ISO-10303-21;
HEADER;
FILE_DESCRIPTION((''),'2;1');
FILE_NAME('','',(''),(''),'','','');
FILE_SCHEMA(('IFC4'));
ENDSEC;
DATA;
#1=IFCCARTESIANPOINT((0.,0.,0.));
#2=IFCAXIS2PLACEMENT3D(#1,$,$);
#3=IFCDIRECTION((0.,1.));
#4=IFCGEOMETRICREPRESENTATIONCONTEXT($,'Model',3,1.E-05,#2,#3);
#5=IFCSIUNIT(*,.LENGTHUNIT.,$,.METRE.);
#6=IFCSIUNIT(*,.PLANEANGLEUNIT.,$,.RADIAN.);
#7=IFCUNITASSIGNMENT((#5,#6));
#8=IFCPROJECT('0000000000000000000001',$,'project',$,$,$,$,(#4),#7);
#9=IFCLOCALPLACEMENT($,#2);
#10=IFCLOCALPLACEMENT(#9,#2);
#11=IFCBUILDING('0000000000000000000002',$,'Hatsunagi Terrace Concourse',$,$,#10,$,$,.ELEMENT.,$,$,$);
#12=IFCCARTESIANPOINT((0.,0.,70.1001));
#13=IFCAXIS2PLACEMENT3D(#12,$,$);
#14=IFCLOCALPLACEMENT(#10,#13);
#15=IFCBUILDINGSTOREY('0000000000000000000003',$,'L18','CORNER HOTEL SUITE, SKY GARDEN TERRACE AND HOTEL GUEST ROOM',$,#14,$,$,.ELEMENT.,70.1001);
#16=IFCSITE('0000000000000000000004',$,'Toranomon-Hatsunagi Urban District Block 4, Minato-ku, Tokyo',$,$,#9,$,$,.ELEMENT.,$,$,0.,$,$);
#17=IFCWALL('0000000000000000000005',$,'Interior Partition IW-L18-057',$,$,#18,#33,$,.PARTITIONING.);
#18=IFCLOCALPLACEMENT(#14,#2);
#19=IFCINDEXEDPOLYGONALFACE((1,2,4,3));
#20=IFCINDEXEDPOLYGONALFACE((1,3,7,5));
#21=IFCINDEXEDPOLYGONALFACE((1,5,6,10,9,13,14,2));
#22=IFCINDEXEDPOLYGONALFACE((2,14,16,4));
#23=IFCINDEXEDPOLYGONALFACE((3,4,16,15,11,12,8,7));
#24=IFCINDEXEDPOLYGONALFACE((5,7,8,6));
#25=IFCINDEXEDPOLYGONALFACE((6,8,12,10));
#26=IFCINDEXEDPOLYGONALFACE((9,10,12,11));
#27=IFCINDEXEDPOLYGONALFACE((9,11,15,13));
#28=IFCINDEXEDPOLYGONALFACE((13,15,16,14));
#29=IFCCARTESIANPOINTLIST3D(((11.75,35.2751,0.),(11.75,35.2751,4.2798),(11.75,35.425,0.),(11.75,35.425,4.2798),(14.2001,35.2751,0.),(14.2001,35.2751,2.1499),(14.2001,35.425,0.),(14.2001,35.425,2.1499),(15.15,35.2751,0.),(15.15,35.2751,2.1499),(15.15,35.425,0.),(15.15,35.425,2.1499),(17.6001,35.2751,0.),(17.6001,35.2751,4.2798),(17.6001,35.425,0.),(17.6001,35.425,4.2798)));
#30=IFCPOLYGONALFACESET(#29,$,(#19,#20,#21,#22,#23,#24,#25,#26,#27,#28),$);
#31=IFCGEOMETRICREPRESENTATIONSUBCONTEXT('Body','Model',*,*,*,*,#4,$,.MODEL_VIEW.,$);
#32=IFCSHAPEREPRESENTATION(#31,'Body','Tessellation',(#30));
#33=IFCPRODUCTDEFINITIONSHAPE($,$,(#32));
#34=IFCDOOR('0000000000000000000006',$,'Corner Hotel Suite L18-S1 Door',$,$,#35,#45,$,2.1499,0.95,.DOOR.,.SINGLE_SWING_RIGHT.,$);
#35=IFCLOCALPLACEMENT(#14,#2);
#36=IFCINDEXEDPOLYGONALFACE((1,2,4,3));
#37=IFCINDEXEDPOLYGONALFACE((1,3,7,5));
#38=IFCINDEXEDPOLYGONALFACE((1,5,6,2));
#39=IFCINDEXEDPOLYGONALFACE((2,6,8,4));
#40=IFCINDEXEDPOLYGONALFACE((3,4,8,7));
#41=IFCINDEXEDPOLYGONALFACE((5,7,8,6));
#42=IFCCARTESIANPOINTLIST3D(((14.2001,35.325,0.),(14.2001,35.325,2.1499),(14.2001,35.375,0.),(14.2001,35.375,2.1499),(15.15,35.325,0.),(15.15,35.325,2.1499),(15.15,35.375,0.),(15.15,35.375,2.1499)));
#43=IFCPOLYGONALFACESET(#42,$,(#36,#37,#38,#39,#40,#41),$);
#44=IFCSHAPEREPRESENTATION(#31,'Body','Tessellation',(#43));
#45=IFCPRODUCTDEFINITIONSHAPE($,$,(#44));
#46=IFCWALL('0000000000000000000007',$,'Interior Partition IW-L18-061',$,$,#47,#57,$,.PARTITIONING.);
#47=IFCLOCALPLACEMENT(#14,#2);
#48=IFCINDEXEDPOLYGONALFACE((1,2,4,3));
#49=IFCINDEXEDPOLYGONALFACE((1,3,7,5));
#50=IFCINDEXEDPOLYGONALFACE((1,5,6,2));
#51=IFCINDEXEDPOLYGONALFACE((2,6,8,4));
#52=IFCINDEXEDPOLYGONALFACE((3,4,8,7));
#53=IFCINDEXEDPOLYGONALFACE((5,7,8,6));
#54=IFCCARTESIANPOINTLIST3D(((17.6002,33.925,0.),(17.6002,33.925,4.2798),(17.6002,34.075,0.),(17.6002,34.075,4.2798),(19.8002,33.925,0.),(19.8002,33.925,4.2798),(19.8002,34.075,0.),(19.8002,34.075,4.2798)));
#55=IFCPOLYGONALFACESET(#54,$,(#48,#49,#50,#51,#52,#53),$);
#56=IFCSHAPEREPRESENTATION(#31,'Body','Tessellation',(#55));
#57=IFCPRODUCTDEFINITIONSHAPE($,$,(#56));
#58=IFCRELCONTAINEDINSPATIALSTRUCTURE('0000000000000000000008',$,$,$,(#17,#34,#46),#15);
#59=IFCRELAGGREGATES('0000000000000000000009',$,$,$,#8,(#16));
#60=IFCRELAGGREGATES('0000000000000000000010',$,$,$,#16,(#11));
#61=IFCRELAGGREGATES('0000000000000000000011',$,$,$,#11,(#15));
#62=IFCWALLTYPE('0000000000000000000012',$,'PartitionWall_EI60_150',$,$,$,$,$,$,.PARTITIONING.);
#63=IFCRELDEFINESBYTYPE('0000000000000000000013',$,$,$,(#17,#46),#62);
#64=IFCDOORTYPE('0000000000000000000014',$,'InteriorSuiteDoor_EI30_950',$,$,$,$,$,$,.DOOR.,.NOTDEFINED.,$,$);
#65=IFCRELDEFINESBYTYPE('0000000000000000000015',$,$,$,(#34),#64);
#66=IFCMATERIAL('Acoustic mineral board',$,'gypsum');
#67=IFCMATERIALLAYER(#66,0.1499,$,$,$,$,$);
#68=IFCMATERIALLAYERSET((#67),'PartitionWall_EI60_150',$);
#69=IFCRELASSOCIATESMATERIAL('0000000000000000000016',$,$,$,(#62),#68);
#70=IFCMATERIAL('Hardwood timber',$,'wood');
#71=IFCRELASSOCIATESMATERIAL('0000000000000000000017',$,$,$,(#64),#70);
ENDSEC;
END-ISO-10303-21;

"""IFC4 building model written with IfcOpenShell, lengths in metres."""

from ifc_helpers import new_model, si_unit, direction, frame, frame_2d, origin, place, context, subcontext, project, spatial, rectangle, extrude, material, layer, layer_set, type_object, element, fill, save


model = new_model("IFC4")

# Units and contexts
model_context = context("Model", 3, precision=1e-05, world=origin(), true_north=direction((0.0, 1.0)))
body_context = subcontext(model_context, "Body", "Model", "MODEL_VIEW")
ifc_project = project(units=[si_unit("LENGTHUNIT", "METRE"), si_unit("PLANEANGLEUNIT", "RADIAN")], contexts=[model_context])

# Site, building, storey
site_placement = place(None, origin())
site = spatial("IfcSite", under=ifc_project, at=site_placement, Name="Toranomon-Hatsunagi Urban District Block 4, Minato-ku, Tokyo", CompositionType="ELEMENT", RefElevation=0.0)
building_placement = place(site_placement, origin())
building = spatial("IfcBuilding", under=site, at=building_placement, Name="Hatsunagi Terrace Concourse", CompositionType="ELEMENT")
storey_placement = place(building_placement, frame((0.0, 0.0, 70.1001)))
storey = spatial("IfcBuildingStorey", under=building, at=storey_placement, Name="L18", Description="CORNER HOTEL SUITE, SKY GARDEN TERRACE AND HOTEL GUEST ROOM", CompositionType="ELEMENT", Elevation=70.1001)

# Shared definitions
ifc_material_1 = material(Name="Acoustic mineral board", Category="gypsum")
ifc_layer_1 = layer(ifc_material_1, 0.1499)
ifc_layer_set_1 = layer_set([ifc_layer_1], Name="PartitionWall_EI60_150")
wall_type_1 = type_object("IfcWallType", Name="PartitionWall_EI60_150", PredefinedType="PARTITIONING", material=ifc_layer_set_1)

# Wall, opening, door
ifc_material_2 = material(Name="Hardwood timber", Category="wood")
door_type_1 = type_object("IfcDoorType", Name="InteriorSuiteDoor_EI30_950", OperationType="NOTDEFINED", PredefinedType="DOOR", material=ifc_material_2)
wall_1_placement = place(storey_placement, frame((11.75, 35.3501, 0.0), z_axis=(0.0, 0.0, 1.0), x_axis=(1.0, 0.0, 0.0)))
wall_1 = element("IfcWall", 1, at=wall_1_placement, inside=storey, type_object=wall_type_1, Name="Interior Partition IW-L18-057", PredefinedType="PARTITIONING", context=body_context, shape_type="SweptSolid", body=[
    extrude(rectangle(XDim=5.8501, YDim=0.1499, at=frame_2d((2.925, 0.0))), origin(), (0.0, 0.0, 1.0), 4.2798),
])
opening_1_placement = place(wall_1_placement, frame((2.45, 0.0, 0.0)))
opening_1 = element("IfcOpeningElement", 2, at=opening_1_placement, cuts=wall_1, PredefinedType="OPENING", context=body_context, shape_type="SweptSolid", body=[
    extrude(rectangle(XDim=0.95, YDim=2.1499, at=frame_2d((0.4751, 1.075))), frame((0.0, 0.085, 0.0), z_axis=(0.0, -1.0, 0.0), x_axis=(1.0, 0.0, 0.0)), (0.0, 0.0, 1.0), 0.1699),
])
door_1_placement = place(opening_1_placement, origin())
door_1 = element("IfcDoor", 3, at=door_1_placement, inside=storey, type_object=door_type_1, Name="Corner Hotel Suite L18-S1 Door", OperationType="SINGLE_SWING_RIGHT", OverallHeight=2.1499, OverallWidth=0.95, PredefinedType="DOOR", context=body_context, shape_type="SweptSolid", body=[
    extrude(rectangle(XDim=0.95, YDim=2.1499, at=frame_2d((0.4751, 1.075))), frame((0.0, 0.0249, 0.0), z_axis=(0.0, -1.0, 0.0), x_axis=(1.0, 0.0, 0.0)), (0.0, 0.0, 1.0), 0.05),
])
fill(opening_1, door_1)

# Wall
wall_2_placement = place(storey_placement, frame((17.6001, 34.0, 0.0), z_axis=(0.0, 0.0, 1.0), x_axis=(1.0, 0.0, 0.0)))
element("IfcWall", 4, at=wall_2_placement, inside=storey, type_object=wall_type_1, Name="Interior Partition IW-L18-061", PredefinedType="PARTITIONING", context=body_context, shape_type="SweptSolid", body=[
    extrude(rectangle(XDim=2.2, YDim=0.1499, at=frame_2d((1.1001, 0.0))), origin(), (0.0, 0.0, 1.0), 4.2798),
])

save(model, "model.ifc")
